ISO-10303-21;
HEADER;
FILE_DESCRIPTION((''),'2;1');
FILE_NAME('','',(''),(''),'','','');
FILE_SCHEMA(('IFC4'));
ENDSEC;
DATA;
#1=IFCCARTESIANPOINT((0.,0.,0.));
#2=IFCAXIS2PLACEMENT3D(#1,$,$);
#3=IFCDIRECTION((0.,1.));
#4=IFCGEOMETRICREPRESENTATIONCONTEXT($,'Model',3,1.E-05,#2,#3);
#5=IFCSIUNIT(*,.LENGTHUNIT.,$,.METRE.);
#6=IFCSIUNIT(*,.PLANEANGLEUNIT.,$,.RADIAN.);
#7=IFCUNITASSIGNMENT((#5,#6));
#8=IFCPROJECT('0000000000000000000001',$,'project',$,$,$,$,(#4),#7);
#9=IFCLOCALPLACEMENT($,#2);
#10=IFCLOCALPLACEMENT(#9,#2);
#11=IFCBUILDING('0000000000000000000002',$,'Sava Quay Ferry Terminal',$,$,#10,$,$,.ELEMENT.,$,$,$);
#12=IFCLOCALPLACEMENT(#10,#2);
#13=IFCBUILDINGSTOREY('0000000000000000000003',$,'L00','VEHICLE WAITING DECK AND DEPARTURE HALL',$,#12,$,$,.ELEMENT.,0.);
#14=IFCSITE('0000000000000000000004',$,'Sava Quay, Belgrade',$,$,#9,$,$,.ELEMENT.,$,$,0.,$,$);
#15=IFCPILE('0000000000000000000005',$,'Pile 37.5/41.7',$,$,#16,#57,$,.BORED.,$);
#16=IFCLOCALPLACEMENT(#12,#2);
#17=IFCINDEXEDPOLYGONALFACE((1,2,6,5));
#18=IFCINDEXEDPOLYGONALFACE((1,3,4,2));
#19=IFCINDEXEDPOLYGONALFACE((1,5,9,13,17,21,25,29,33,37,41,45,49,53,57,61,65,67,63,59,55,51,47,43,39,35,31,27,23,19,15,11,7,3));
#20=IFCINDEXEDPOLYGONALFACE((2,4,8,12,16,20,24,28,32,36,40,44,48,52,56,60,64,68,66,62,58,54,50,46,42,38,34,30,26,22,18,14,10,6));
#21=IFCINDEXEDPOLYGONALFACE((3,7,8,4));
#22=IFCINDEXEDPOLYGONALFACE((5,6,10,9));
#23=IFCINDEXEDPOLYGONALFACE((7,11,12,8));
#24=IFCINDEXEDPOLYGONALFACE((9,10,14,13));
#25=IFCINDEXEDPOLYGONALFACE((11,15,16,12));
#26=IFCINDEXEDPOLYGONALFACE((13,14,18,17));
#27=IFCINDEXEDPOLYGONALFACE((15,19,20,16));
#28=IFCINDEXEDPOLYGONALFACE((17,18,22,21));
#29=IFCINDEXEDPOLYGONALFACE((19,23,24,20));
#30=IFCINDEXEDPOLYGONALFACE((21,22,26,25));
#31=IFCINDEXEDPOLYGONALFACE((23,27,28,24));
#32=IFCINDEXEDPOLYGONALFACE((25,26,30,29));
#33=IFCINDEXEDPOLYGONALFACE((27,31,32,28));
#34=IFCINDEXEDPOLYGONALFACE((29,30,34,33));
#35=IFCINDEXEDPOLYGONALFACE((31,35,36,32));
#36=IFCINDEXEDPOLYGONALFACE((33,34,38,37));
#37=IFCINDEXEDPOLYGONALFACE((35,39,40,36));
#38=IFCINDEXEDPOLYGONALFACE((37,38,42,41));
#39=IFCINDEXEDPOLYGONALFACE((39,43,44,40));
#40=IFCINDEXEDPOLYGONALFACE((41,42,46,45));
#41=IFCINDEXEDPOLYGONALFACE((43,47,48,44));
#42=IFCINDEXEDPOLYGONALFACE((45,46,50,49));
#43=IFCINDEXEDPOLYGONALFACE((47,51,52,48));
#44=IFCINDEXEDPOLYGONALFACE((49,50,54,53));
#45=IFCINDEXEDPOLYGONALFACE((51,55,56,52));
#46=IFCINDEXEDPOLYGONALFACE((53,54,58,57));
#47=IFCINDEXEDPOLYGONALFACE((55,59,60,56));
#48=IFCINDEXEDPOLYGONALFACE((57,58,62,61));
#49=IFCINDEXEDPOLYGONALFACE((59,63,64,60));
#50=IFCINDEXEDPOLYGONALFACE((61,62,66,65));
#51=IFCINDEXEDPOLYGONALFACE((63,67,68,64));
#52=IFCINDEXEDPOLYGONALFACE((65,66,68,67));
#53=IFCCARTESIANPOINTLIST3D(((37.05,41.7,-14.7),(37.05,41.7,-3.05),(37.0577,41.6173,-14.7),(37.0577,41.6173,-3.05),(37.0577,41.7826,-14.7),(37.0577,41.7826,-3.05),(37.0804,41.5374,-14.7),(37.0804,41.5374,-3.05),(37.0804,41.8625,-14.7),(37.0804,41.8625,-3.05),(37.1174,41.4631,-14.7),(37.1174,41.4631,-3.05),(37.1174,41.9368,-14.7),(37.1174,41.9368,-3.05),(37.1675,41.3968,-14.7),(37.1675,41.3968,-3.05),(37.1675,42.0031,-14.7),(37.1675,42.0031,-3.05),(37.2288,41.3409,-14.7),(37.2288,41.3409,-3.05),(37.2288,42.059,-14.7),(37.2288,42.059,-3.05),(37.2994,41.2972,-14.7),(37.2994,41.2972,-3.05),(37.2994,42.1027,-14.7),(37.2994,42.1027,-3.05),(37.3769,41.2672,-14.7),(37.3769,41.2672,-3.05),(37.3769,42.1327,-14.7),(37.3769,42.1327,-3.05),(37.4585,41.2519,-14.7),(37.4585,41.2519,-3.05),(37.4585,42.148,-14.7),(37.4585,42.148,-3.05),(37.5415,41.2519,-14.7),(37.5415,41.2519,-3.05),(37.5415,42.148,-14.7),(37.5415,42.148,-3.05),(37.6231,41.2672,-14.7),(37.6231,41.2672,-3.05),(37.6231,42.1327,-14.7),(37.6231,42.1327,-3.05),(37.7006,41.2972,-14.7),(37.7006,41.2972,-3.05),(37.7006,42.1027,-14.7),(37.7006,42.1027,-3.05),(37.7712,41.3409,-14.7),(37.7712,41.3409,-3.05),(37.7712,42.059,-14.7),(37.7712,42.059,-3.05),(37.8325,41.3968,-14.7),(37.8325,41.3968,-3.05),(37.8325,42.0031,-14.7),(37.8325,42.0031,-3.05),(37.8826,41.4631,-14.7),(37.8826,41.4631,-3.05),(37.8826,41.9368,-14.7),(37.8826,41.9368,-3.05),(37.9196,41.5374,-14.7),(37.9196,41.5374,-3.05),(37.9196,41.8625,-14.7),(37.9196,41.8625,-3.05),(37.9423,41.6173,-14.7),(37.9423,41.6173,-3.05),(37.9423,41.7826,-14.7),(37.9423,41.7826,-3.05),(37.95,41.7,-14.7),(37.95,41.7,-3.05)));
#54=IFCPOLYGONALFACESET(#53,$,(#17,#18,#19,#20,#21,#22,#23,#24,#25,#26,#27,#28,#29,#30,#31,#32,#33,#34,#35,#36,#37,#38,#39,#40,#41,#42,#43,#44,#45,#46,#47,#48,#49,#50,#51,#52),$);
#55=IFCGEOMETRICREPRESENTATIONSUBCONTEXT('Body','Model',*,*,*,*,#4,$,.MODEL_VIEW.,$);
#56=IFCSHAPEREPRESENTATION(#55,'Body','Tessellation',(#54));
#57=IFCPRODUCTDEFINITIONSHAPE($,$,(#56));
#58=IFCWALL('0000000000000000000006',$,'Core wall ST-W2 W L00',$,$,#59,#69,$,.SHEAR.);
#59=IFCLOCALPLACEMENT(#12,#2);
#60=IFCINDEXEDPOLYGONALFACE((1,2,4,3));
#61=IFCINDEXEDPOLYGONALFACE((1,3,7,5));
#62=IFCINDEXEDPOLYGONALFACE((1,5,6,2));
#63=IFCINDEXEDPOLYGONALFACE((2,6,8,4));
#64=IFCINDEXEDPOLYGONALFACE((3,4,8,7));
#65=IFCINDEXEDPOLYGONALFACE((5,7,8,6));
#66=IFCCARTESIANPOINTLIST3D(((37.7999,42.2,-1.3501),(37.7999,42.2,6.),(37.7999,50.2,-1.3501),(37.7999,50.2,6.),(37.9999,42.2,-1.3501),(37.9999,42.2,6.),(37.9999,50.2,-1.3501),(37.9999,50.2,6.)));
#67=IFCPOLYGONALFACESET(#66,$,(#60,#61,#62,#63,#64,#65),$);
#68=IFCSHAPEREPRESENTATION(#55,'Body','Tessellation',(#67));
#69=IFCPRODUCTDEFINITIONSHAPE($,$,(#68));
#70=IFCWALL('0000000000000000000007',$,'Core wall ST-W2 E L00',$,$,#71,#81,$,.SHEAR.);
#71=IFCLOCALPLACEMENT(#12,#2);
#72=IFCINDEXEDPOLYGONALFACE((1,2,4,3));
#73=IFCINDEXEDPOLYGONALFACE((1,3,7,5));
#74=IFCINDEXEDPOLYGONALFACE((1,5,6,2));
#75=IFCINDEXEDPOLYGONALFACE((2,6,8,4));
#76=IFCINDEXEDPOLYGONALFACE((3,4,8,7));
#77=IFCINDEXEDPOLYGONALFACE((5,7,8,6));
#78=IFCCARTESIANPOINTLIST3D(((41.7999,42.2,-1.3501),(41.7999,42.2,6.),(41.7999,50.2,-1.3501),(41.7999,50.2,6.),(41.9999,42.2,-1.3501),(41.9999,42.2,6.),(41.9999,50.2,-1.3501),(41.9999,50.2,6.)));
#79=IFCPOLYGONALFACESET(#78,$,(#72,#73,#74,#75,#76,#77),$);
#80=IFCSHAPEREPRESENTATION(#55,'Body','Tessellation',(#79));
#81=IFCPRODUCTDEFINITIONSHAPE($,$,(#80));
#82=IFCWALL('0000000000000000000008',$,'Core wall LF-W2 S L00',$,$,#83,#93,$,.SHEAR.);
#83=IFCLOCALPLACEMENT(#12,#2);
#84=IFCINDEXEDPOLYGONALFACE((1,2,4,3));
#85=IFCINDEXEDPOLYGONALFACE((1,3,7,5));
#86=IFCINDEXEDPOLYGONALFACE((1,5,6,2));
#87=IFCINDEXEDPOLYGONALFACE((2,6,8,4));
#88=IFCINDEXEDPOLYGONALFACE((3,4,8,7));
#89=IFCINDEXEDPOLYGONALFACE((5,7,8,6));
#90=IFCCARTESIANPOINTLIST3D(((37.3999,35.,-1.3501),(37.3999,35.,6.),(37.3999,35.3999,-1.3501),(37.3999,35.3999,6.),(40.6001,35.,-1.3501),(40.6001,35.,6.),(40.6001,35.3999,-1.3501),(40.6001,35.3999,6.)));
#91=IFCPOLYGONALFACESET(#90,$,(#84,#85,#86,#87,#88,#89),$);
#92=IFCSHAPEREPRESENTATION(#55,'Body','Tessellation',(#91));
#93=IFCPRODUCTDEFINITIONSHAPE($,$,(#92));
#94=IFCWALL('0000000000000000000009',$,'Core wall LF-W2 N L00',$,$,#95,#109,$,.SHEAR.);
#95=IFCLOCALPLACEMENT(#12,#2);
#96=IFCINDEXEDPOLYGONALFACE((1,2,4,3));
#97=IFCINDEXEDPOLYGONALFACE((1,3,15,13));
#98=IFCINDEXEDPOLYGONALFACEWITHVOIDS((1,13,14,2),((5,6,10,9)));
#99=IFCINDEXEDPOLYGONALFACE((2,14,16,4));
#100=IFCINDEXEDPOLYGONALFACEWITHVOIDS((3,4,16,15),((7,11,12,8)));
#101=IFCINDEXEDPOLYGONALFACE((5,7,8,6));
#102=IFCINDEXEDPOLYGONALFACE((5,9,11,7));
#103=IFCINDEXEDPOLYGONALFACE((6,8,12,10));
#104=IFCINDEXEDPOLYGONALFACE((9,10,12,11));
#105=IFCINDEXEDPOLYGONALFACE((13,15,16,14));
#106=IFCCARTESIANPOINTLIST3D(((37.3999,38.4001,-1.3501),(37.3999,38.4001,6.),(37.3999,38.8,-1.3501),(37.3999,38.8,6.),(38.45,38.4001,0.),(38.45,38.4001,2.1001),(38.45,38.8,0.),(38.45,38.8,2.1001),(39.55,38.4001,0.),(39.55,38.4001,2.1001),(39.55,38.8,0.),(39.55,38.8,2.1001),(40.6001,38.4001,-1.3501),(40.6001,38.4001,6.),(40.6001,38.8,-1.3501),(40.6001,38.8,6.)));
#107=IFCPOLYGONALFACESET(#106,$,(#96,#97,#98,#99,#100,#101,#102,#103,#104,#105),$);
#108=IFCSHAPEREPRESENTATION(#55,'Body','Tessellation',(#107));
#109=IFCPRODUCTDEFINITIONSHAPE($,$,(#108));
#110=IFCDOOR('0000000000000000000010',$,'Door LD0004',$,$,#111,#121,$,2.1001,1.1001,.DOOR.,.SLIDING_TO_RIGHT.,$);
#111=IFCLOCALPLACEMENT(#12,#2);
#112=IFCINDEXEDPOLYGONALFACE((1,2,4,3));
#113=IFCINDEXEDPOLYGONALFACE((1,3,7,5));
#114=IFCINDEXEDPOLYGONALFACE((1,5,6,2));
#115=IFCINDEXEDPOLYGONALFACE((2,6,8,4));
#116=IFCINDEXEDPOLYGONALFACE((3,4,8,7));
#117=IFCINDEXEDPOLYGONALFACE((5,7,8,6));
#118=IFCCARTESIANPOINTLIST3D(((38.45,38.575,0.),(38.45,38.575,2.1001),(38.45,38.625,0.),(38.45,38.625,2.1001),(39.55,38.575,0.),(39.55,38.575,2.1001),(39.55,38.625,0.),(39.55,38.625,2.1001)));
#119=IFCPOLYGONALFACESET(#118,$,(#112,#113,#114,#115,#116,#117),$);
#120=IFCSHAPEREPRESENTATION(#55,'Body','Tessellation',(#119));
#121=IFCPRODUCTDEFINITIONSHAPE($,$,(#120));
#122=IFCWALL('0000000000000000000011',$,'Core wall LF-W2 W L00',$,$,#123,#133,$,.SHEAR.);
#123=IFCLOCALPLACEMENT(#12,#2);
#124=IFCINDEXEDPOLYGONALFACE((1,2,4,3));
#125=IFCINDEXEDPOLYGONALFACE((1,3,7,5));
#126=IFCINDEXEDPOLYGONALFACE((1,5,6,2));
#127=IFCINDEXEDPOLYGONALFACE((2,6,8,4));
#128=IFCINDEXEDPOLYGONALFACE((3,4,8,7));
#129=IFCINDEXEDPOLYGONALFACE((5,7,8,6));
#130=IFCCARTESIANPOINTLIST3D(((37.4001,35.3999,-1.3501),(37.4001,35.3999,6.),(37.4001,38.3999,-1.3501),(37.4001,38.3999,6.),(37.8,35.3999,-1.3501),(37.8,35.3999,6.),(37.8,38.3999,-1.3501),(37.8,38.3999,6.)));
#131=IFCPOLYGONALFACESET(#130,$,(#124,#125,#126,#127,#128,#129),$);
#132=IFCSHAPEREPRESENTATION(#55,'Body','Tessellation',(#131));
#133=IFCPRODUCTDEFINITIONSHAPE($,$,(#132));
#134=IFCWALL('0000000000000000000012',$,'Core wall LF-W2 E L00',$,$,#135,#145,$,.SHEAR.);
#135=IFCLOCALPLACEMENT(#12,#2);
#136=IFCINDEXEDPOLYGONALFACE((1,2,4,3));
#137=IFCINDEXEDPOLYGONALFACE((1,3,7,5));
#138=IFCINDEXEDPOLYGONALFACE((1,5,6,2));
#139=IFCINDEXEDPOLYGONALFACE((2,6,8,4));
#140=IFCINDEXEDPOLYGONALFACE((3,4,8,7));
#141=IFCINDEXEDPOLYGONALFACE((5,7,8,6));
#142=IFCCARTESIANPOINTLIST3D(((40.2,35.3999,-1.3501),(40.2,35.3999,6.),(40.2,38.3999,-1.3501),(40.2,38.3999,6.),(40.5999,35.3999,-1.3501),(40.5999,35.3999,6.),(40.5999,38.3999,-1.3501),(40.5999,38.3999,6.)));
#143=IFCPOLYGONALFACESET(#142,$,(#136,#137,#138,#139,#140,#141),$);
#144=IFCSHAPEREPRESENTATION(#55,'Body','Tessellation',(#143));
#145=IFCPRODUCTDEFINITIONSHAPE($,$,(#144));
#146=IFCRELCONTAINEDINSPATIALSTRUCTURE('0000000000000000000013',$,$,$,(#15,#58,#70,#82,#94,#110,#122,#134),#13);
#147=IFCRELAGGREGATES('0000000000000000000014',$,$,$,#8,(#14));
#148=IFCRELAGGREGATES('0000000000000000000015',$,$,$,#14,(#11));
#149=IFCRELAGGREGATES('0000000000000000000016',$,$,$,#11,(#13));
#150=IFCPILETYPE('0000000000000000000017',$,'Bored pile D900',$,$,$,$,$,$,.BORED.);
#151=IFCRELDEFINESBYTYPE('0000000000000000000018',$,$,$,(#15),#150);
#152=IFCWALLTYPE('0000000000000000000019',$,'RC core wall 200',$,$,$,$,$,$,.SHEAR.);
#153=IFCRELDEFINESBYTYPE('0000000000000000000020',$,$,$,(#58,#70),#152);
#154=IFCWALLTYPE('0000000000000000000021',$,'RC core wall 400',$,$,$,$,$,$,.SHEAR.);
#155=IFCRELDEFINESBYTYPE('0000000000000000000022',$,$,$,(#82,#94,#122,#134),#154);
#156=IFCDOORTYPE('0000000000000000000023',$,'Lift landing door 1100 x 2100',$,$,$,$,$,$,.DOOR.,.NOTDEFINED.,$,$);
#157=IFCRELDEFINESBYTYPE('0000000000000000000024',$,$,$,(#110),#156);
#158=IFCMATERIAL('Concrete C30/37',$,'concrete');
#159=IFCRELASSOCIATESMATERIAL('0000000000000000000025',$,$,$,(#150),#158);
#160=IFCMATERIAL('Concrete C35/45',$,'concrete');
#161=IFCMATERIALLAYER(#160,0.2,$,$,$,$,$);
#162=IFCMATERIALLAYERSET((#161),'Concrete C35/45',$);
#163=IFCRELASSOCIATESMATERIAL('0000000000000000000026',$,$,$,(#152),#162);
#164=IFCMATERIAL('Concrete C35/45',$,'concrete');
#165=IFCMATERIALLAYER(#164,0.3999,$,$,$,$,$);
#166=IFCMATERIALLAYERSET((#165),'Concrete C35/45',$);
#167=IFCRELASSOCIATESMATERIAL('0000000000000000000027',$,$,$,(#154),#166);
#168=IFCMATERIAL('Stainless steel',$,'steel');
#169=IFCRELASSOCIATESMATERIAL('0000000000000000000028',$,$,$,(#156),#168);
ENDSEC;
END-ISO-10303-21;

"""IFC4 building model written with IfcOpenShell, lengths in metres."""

from ifc_helpers import new_model, si_unit, direction, frame, frame_2d, origin, origin_2d, place, context, subcontext, project, spatial, rectangle, circle, extrude, material, layer, layer_set, material_profile, profile_set, type_object, element, fill, save


model = new_model("IFC4")

# Units and contexts
model_context = context("Model", 3, precision=1e-05, world=origin(), true_north=direction((0.0, 1.0)))
body_context = subcontext(model_context, "Body", "Model", "MODEL_VIEW")
ifc_project = project(units=[si_unit("LENGTHUNIT", "METRE"), si_unit("PLANEANGLEUNIT", "RADIAN")], contexts=[model_context])

# Site, building, storey
site_placement = place(None, origin())
site = spatial("IfcSite", under=ifc_project, at=site_placement, Name="Sava Quay, Belgrade", CompositionType="ELEMENT", RefElevation=0.0)
building_placement = place(site_placement, origin())
building = spatial("IfcBuilding", under=site, at=building_placement, Name="Sava Quay Ferry Terminal", CompositionType="ELEMENT")
storey_placement = place(building_placement, origin())
storey = spatial("IfcBuildingStorey", under=building, at=storey_placement, Name="L00", Description="VEHICLE WAITING DECK AND DEPARTURE HALL", CompositionType="ELEMENT", Elevation=0.0)

# Pile
ifc_material_1 = material(Name="Concrete C30/37", Category="concrete")
ifc_material_profile = material_profile(ifc_material_1, circle(Radius=0.45, at=origin_2d()), Name="Bored pile D900")
ifc_profile_set = profile_set([ifc_material_profile], Name="Concrete C30/37")
pile_type = type_object("IfcPileType", Name="Bored pile D900", PredefinedType="BORED", material=ifc_profile_set)
for number, where, z_axis, x_axis, name in (
    (1, (37.5, 41.7, -3.05), (0.0, 0.0, -1.0), (1.0, 0.0, 0.0), "Pile 37.5/41.7"),
):
    element("IfcPile", number, at=place(storey_placement, frame(where, z_axis=z_axis, x_axis=x_axis)), inside=storey, type_object=pile_type, Name=name, PredefinedType="BORED", context=body_context, shape_type="SweptSolid", body=[
        extrude(circle(Radius=0.45, at=origin_2d()), origin(), (0.0, 0.0, 1.0), 11.6499),
    ])

# Shared definitions
ifc_material_2 = material(Name="Concrete C35/45", Category="concrete")
ifc_layer_1 = layer(ifc_material_2, 0.2)
ifc_layer_set_1 = layer_set([ifc_layer_1], Name="Concrete C35/45")
wall_type_1 = type_object("IfcWallType", Name="RC core wall 200", PredefinedType="SHEAR", material=ifc_layer_set_1)

# Walls
for number, where, z_axis, x_axis, name in (
    (2, (37.8999, 42.2, -1.3501), (0.0, 0.0, 1.0), (0.0, 1.0, 0.0), "Core wall ST-W2 W L00"),
    (3, (41.8999, 42.2, -1.3501), (0.0, 0.0, 1.0), (0.0, 1.0, 0.0), "Core wall ST-W2 E L00"),
):
    element("IfcWall", number, at=place(storey_placement, frame(where, z_axis=z_axis, x_axis=x_axis)), inside=storey, type_object=wall_type_1, Name=name, PredefinedType="SHEAR", context=body_context, shape_type="SweptSolid", body=[
        extrude(rectangle(XDim=8.0, YDim=0.2, at=frame_2d((4.0, 0.0))), origin(), (0.0, 0.0, 1.0), 7.3501),
    ])
ifc_material_3 = material(Name="Concrete C35/45", Category="concrete")
ifc_layer_2 = layer(ifc_material_3, 0.3999)
ifc_layer_set_2 = layer_set([ifc_layer_2], Name="Concrete C35/45")
wall_type_2 = type_object("IfcWallType", Name="RC core wall 400", PredefinedType="SHEAR", material=ifc_layer_set_2)
wall_1_placement = place(storey_placement, frame((37.3999, 35.2, -1.3501), z_axis=(0.0, 0.0, 1.0), x_axis=(1.0, 0.0, 0.0)))
element("IfcWall", 4, at=wall_1_placement, inside=storey, type_object=wall_type_2, Name="Core wall LF-W2 S L00", PredefinedType="SHEAR", context=body_context, shape_type="SweptSolid", body=[
    extrude(rectangle(XDim=3.2002, YDim=0.3999, at=frame_2d((1.6001, 0.0))), origin(), (0.0, 0.0, 1.0), 7.3501),
])

# Wall, opening, door
wall_2_placement = place(storey_placement, frame((37.3999, 38.6001, -1.3501), z_axis=(0.0, 0.0, 1.0), x_axis=(1.0, 0.0, 0.0)))
wall_2 = element("IfcWall", 5, at=wall_2_placement, inside=storey, type_object=wall_type_2, Name="Core wall LF-W2 N L00", PredefinedType="SHEAR", context=body_context, shape_type="SweptSolid", body=[
    extrude(rectangle(XDim=3.2002, YDim=0.3999, at=frame_2d((1.6001, 0.0))), origin(), (0.0, 0.0, 1.0), 7.3501),
])
opening_1_placement = place(wall_2_placement, frame((1.05, 0.0, 1.3501)))
opening_1 = element("IfcOpeningElement", 6, at=opening_1_placement, cuts=wall_2, PredefinedType="OPENING", context=body_context, shape_type="SweptSolid", body=[
    extrude(rectangle(XDim=1.1001, YDim=2.1001, at=frame_2d((0.55, 1.05))), frame((0.0, 0.2, 0.0), z_axis=(0.0, -1.0, 0.0), x_axis=(1.0, 0.0, 0.0)), (0.0, 0.0, 1.0), 0.3999),
])
ifc_material_4 = material(Name="Stainless steel", Category="steel")
door_type_1 = type_object("IfcDoorType", Name="Lift landing door 1100 x 2100", OperationType="NOTDEFINED", PredefinedType="DOOR", material=ifc_material_4)
door_1_placement = place(opening_1_placement, origin())
door_1 = element("IfcDoor", 7, at=door_1_placement, inside=storey, type_object=door_type_1, Name="Door LD0004", OperationType="SLIDING_TO_RIGHT", OverallHeight=2.1001, OverallWidth=1.1001, PredefinedType="DOOR", context=body_context, shape_type="SweptSolid", body=[
    extrude(rectangle(XDim=1.1001, YDim=2.1001, at=frame_2d((0.55, 1.05))), frame((0.0, 0.0249, 0.0), z_axis=(0.0, -1.0, 0.0), x_axis=(1.0, 0.0, 0.0)), (0.0, 0.0, 1.0), 0.05),
])
fill(opening_1, door_1)

# Walls
for number, where, z_axis, x_axis, name in (
    (8, (37.6001, 35.3999, -1.3501), (0.0, 0.0, 1.0), (0.0, 1.0, 0.0), "Core wall LF-W2 W L00"),
    (9, (40.3999, 35.3999, -1.3501), (0.0, 0.0, 1.0), (0.0, 1.0, 0.0), "Core wall LF-W2 E L00"),
):
    element("IfcWall", number, at=place(storey_placement, frame(where, z_axis=z_axis, x_axis=x_axis)), inside=storey, type_object=wall_type_2, Name=name, PredefinedType="SHEAR", context=body_context, shape_type="SweptSolid", body=[
        extrude(rectangle(XDim=3.0, YDim=0.3999, at=frame_2d((1.5, 0.0))), origin(), (0.0, 0.0, 1.0), 7.3501),
    ])

save(model, "model.ifc")
